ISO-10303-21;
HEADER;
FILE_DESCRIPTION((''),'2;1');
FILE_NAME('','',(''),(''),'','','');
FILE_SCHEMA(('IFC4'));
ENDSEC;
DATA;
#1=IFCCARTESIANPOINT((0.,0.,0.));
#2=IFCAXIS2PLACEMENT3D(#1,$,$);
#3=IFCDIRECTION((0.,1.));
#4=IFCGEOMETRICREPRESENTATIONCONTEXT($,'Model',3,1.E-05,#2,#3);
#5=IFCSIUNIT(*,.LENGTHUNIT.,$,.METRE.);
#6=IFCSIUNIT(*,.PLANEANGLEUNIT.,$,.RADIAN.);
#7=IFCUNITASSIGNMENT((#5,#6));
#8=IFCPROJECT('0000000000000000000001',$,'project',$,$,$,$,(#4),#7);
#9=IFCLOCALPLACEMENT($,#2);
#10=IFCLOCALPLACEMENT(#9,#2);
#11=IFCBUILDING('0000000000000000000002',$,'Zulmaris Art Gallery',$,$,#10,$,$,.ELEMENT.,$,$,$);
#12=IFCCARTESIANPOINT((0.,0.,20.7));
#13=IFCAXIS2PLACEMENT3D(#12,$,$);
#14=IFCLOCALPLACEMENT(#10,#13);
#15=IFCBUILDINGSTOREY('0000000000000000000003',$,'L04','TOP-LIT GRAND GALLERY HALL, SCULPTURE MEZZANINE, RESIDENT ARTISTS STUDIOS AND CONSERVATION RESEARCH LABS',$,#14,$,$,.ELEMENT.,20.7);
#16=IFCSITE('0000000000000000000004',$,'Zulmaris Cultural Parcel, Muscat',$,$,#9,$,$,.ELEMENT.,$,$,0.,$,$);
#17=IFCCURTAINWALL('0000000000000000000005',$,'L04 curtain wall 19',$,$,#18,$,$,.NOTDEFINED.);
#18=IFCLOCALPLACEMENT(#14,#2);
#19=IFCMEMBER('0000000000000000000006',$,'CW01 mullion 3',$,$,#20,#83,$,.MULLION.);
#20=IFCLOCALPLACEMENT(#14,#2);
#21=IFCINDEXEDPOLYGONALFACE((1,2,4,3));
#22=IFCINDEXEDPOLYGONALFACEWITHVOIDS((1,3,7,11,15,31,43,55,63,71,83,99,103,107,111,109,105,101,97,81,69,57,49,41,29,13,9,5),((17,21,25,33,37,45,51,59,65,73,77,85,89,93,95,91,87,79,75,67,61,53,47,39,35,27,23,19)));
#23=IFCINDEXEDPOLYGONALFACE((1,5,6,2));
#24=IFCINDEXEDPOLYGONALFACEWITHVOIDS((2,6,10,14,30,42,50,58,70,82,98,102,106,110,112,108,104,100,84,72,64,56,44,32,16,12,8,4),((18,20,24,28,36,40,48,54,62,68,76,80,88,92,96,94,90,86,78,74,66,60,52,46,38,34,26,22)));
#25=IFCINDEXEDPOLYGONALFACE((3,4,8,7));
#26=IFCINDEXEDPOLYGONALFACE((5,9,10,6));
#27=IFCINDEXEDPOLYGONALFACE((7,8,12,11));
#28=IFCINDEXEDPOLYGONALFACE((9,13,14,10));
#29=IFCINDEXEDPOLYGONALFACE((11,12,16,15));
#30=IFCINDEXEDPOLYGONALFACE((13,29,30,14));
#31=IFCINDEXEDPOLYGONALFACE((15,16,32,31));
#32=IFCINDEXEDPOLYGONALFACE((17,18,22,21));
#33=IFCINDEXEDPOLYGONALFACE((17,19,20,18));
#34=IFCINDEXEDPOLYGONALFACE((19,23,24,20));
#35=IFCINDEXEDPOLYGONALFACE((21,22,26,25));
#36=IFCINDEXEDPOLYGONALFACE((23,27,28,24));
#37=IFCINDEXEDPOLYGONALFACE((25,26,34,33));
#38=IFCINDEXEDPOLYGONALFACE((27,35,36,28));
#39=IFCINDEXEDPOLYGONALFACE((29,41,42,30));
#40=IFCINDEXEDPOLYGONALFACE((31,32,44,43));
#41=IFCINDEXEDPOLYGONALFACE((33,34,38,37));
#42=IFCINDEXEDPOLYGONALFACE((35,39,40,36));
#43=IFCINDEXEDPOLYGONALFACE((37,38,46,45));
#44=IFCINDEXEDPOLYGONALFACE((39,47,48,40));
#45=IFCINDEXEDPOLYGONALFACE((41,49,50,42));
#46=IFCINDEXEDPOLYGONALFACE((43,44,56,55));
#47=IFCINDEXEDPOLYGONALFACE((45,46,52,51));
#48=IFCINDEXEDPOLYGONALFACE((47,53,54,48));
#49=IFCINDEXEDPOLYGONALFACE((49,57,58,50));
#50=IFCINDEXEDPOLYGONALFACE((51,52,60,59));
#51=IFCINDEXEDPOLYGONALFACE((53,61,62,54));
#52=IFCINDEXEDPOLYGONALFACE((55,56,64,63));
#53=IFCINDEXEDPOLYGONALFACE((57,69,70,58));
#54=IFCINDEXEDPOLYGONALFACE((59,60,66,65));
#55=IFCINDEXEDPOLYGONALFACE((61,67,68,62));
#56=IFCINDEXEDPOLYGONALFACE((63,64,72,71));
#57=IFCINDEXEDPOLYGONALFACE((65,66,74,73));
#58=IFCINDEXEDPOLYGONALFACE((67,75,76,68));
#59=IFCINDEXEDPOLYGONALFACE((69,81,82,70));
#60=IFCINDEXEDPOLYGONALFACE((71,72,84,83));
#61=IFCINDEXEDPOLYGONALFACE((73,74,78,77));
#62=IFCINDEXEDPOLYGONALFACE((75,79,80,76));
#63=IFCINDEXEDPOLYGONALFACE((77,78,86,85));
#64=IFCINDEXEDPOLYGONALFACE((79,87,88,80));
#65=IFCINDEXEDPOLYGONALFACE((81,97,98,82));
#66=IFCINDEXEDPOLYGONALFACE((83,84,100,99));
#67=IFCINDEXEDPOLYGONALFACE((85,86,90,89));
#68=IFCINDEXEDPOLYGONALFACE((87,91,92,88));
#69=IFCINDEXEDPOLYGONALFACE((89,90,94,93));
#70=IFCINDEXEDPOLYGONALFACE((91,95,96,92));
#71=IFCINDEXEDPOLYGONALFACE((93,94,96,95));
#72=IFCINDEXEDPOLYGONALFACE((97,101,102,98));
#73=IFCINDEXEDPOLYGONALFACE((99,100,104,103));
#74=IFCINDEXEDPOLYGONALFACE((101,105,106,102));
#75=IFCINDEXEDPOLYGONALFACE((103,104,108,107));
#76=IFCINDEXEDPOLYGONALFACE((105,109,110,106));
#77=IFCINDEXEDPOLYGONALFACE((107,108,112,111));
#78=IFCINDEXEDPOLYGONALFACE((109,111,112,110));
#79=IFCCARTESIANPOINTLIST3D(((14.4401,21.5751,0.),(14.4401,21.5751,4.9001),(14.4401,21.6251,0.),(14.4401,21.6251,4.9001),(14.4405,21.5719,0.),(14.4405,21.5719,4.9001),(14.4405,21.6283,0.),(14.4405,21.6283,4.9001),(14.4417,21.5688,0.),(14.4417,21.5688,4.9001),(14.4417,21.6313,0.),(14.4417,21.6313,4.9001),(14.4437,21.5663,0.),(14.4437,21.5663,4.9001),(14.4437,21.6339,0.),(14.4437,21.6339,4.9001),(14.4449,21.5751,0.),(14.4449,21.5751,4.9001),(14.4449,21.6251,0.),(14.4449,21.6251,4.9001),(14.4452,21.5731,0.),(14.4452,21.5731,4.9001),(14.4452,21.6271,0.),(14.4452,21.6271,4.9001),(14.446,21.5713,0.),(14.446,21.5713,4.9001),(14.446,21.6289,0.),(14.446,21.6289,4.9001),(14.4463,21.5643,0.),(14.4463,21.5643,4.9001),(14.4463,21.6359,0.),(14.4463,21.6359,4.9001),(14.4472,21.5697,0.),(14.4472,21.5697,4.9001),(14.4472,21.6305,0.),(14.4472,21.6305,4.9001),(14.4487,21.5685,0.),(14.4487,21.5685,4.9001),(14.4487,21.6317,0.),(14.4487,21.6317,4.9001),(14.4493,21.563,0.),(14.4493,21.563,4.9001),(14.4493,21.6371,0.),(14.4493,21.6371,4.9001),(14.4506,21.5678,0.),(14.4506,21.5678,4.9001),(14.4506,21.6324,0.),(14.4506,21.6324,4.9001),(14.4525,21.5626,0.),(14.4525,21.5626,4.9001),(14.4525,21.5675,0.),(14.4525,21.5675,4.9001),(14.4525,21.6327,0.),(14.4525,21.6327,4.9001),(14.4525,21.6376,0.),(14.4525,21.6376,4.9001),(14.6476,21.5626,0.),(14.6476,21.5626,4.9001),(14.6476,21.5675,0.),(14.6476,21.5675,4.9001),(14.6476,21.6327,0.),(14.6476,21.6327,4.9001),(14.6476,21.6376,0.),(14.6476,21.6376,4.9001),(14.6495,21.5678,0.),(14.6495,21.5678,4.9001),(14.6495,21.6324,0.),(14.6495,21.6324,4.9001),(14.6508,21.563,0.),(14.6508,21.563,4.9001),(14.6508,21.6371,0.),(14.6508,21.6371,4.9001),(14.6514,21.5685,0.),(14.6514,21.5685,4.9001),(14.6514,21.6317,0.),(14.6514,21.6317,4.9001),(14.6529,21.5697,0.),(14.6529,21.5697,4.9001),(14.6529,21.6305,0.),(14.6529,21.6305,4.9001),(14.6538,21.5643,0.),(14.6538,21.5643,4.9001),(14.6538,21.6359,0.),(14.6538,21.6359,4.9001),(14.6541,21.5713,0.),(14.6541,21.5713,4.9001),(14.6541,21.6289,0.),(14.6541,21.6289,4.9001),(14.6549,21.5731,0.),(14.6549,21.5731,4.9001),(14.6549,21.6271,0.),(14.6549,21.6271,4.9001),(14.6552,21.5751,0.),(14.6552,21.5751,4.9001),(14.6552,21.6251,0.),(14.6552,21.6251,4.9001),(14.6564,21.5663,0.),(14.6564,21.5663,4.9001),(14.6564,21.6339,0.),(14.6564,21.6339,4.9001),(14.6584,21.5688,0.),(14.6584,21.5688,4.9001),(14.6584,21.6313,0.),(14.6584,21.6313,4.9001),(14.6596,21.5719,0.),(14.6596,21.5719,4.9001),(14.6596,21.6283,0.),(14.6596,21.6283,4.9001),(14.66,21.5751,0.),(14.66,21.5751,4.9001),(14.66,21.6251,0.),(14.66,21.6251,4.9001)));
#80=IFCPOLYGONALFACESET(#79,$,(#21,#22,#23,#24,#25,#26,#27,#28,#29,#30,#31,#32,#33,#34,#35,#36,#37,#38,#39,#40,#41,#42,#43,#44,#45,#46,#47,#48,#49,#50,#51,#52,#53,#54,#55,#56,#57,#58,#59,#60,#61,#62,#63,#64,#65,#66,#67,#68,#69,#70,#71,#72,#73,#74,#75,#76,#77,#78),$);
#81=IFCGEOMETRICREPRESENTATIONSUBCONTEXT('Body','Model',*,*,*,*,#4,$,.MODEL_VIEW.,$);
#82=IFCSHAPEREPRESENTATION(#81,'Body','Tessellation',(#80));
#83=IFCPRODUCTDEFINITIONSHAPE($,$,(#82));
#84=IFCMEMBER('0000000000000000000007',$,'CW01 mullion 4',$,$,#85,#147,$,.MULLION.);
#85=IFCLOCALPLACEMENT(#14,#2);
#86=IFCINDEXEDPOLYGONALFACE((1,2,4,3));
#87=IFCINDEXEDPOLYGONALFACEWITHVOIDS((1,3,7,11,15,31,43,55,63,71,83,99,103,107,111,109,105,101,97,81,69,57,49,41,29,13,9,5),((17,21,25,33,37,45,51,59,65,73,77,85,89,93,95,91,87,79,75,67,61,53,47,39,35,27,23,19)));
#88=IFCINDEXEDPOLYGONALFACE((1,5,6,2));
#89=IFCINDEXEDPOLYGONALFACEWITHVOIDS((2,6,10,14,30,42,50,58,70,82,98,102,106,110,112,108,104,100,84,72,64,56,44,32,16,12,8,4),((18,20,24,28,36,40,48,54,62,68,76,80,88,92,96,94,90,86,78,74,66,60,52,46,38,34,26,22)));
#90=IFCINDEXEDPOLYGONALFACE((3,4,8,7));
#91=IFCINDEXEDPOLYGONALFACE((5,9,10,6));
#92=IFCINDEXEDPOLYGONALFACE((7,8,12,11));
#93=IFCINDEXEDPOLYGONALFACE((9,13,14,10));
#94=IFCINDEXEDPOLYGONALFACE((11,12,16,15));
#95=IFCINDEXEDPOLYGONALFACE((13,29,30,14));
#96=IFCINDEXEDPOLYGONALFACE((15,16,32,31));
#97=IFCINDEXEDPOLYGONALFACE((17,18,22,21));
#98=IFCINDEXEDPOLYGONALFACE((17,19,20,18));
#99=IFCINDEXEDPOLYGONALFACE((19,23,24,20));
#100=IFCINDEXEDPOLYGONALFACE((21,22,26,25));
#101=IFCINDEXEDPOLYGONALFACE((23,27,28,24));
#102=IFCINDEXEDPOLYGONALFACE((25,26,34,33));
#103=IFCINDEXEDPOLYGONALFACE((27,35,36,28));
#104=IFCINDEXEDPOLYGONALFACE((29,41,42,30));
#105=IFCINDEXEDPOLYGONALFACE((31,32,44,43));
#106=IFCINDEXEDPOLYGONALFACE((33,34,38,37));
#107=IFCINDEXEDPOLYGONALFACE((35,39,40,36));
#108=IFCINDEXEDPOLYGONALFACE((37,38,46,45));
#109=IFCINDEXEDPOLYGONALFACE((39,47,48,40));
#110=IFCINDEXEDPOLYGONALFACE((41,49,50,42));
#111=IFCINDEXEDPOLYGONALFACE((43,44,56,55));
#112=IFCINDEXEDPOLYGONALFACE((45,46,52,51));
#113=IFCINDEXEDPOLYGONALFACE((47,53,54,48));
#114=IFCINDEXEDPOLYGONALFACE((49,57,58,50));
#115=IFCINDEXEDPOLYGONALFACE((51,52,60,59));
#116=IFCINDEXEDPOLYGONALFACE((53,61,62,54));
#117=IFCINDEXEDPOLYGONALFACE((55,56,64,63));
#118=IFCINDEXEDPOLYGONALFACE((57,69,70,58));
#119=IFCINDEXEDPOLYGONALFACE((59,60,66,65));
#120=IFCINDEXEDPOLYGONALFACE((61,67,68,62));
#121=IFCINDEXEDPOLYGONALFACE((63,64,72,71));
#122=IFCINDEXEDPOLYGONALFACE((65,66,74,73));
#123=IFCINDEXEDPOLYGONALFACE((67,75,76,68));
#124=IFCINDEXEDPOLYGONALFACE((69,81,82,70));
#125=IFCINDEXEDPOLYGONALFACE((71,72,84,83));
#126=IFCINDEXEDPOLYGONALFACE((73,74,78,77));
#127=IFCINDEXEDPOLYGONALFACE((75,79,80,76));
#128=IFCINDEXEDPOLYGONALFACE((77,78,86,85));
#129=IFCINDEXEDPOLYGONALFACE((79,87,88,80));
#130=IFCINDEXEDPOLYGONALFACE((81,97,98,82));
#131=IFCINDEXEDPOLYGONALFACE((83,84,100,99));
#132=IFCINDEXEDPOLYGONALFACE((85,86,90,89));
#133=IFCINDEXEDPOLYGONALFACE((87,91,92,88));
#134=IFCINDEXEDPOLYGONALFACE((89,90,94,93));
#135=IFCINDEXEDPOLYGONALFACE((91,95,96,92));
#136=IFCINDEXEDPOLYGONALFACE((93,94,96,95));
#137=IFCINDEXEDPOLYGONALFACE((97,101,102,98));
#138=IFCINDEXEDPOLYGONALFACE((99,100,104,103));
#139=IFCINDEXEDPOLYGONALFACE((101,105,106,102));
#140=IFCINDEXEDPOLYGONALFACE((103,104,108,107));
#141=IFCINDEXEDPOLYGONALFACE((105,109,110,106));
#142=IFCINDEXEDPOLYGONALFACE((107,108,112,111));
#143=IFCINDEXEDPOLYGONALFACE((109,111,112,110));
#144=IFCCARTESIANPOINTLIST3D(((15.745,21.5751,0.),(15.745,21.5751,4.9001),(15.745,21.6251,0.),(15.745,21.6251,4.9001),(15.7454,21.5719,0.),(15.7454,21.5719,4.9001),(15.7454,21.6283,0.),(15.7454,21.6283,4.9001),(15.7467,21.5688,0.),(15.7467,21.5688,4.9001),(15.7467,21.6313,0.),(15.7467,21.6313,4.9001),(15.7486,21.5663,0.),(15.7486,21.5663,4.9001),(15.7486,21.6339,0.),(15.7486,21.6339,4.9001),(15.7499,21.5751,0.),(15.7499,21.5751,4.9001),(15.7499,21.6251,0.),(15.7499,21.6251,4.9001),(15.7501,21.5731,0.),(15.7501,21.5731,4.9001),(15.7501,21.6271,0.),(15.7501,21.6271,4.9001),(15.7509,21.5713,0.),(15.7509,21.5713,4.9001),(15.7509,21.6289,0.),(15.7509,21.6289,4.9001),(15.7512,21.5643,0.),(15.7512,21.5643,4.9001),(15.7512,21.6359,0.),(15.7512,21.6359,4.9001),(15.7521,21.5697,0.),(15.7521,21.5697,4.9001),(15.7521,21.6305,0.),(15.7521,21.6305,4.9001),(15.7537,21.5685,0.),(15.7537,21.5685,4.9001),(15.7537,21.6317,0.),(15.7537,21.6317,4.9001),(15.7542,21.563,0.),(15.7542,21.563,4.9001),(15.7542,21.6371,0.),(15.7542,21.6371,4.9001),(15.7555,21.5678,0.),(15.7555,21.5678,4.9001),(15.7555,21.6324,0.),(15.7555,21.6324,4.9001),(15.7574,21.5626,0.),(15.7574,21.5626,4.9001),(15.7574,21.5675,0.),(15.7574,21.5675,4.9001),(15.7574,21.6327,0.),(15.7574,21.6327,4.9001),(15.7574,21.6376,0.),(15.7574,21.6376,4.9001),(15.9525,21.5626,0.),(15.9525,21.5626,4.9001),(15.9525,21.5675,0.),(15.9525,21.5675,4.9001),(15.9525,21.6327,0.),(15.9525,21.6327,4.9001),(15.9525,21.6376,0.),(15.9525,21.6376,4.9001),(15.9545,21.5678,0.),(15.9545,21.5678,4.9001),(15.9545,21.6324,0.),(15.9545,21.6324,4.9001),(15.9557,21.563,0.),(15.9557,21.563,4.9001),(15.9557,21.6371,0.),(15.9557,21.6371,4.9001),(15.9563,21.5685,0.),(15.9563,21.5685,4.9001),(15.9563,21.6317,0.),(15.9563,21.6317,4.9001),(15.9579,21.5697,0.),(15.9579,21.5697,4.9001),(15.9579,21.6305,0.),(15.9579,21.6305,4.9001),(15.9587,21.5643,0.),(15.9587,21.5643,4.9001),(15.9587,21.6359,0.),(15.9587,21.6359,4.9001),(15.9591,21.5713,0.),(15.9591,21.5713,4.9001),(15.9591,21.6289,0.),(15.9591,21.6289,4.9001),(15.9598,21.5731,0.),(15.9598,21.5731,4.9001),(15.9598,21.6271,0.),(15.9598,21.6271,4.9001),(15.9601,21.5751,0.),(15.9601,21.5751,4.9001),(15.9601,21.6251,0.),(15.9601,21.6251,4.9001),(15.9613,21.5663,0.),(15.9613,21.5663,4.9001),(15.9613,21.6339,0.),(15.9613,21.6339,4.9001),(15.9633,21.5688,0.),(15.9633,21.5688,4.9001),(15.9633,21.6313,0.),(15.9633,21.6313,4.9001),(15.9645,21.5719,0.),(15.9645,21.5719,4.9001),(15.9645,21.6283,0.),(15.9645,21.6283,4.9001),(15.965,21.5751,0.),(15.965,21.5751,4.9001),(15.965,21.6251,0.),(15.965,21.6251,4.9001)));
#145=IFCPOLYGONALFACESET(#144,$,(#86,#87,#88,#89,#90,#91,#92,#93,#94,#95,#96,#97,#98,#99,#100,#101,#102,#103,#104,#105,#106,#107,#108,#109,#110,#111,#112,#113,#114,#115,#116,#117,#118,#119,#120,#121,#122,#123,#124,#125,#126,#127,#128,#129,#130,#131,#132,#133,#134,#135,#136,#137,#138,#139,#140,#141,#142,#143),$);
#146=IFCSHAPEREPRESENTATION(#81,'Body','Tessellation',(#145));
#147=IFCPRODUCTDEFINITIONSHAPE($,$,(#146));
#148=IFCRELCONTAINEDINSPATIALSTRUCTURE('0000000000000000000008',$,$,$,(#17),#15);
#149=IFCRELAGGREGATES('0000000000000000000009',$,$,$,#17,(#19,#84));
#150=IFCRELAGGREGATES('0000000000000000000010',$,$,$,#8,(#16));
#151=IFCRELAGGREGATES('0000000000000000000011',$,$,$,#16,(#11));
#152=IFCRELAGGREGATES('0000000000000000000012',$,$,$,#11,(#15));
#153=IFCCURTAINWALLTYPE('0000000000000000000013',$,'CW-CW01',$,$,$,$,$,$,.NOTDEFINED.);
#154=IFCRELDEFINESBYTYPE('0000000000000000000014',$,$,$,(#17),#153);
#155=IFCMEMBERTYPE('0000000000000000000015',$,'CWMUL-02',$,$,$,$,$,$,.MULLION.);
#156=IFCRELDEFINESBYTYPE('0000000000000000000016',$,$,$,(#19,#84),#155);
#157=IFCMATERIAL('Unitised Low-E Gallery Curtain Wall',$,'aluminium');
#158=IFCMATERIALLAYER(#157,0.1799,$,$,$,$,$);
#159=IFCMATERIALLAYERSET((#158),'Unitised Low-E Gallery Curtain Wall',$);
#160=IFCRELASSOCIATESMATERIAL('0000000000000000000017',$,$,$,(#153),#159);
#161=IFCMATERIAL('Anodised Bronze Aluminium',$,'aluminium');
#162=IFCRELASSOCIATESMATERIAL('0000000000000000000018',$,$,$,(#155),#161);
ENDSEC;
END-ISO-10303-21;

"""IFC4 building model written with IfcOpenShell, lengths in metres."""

from ifc_helpers import new_model, si_unit, direction, frame, origin, origin_2d, place, context, subcontext, project, spatial, hollow_rectangle, extrude, material, layer, layer_set, material_profile, profile_set, type_object, element, aggregate, save


model = new_model("IFC4")

# Units and contexts
model_context = context("Model", 3, precision=1e-05, world=origin(), true_north=direction((0.0, 1.0)))
body_context = subcontext(model_context, "Body", "Model", "MODEL_VIEW")
ifc_project = project(units=[si_unit("LENGTHUNIT", "METRE"), si_unit("PLANEANGLEUNIT", "RADIAN")], contexts=[model_context])

# Site, building, storey
site_placement = place(None, origin())
site = spatial("IfcSite", under=ifc_project, at=site_placement, Name="Zulmaris Cultural Parcel, Muscat", CompositionType="ELEMENT", RefElevation=0.0)
building_placement = place(site_placement, origin())
building = spatial("IfcBuilding", under=site, at=building_placement, Name="Zulmaris Art Gallery", CompositionType="ELEMENT")
storey_placement = place(building_placement, frame((0.0, 0.0, 20.7)))
storey = spatial("IfcBuildingStorey", under=building, at=storey_placement, Name="L04", Description="TOP-LIT GRAND GALLERY HALL, SCULPTURE MEZZANINE, RESIDENT ARTISTS STUDIOS AND CONSERVATION RESEARCH LABS", CompositionType="ELEMENT", Elevation=20.7)

# Curtain wall, members
ifc_material_1 = material(Name="Unitised Low-E Gallery Curtain Wall", Category="aluminium")
ifc_layer_1 = layer(ifc_material_1, 0.1799)
ifc_layer_set_1 = layer_set([ifc_layer_1], Name="Unitised Low-E Gallery Curtain Wall")
curtain_wall_type = type_object("IfcCurtainWallType", Name="CW-CW01", PredefinedType="NOTDEFINED", material=ifc_layer_set_1)
curtain_wall_placement = place(storey_placement, origin())
curtain_wall = element("IfcCurtainWall", 1, at=curtain_wall_placement, inside=storey, type_object=curtain_wall_type, Name="L04 curtain wall 19", PredefinedType="NOTDEFINED")
ifc_material_2 = material(Name="Anodised Bronze Aluminium", Category="aluminium")
ifc_material_profile_1 = material_profile(ifc_material_2, hollow_rectangle(XDim=0.075, YDim=0.22, WallThickness=0.0049, InnerFilletRadius=0.0076, OuterFilletRadius=0.0125, at=origin_2d()), Name="ALU 75x220x5")
ifc_profile_set_1 = profile_set([ifc_material_profile_1], Name="Anodised Bronze Aluminium")
member_type_1 = type_object("IfcMemberType", Name="CWMUL-02", PredefinedType="MULLION", material=ifc_profile_set_1)
member_1_placement = place(storey_placement, frame((14.55, 21.6001, 0.0), z_axis=(0.0, 0.0, 1.0), x_axis=(0.0, 1.0, 0.0)))
member_1 = element("IfcMember", 2, at=member_1_placement, type_object=member_type_1, Name="CW01 mullion 3", PredefinedType="MULLION", context=body_context, shape_type="SweptSolid", body=[
    extrude(hollow_rectangle(XDim=0.075, YDim=0.22, WallThickness=0.0049, InnerFilletRadius=0.0076, OuterFilletRadius=0.0125, at=origin_2d()), origin(), (0.0, 0.0, 1.0), 4.9001),
])
member_2_placement = place(storey_placement, frame((15.855, 21.6001, 0.0), z_axis=(0.0, 0.0, 1.0), x_axis=(0.0, 1.0, 0.0)))
member_2 = element("IfcMember", 3, at=member_2_placement, type_object=member_type_1, Name="CW01 mullion 4", PredefinedType="MULLION", context=body_context, shape_type="SweptSolid", body=[
    extrude(hollow_rectangle(XDim=0.075, YDim=0.22, WallThickness=0.0049, InnerFilletRadius=0.0076, OuterFilletRadius=0.0125, at=origin_2d()), origin(), (0.0, 0.0, 1.0), 4.9001),
])

aggregate(curtain_wall, [member_1, member_2])

save(model, "model.ifc")
